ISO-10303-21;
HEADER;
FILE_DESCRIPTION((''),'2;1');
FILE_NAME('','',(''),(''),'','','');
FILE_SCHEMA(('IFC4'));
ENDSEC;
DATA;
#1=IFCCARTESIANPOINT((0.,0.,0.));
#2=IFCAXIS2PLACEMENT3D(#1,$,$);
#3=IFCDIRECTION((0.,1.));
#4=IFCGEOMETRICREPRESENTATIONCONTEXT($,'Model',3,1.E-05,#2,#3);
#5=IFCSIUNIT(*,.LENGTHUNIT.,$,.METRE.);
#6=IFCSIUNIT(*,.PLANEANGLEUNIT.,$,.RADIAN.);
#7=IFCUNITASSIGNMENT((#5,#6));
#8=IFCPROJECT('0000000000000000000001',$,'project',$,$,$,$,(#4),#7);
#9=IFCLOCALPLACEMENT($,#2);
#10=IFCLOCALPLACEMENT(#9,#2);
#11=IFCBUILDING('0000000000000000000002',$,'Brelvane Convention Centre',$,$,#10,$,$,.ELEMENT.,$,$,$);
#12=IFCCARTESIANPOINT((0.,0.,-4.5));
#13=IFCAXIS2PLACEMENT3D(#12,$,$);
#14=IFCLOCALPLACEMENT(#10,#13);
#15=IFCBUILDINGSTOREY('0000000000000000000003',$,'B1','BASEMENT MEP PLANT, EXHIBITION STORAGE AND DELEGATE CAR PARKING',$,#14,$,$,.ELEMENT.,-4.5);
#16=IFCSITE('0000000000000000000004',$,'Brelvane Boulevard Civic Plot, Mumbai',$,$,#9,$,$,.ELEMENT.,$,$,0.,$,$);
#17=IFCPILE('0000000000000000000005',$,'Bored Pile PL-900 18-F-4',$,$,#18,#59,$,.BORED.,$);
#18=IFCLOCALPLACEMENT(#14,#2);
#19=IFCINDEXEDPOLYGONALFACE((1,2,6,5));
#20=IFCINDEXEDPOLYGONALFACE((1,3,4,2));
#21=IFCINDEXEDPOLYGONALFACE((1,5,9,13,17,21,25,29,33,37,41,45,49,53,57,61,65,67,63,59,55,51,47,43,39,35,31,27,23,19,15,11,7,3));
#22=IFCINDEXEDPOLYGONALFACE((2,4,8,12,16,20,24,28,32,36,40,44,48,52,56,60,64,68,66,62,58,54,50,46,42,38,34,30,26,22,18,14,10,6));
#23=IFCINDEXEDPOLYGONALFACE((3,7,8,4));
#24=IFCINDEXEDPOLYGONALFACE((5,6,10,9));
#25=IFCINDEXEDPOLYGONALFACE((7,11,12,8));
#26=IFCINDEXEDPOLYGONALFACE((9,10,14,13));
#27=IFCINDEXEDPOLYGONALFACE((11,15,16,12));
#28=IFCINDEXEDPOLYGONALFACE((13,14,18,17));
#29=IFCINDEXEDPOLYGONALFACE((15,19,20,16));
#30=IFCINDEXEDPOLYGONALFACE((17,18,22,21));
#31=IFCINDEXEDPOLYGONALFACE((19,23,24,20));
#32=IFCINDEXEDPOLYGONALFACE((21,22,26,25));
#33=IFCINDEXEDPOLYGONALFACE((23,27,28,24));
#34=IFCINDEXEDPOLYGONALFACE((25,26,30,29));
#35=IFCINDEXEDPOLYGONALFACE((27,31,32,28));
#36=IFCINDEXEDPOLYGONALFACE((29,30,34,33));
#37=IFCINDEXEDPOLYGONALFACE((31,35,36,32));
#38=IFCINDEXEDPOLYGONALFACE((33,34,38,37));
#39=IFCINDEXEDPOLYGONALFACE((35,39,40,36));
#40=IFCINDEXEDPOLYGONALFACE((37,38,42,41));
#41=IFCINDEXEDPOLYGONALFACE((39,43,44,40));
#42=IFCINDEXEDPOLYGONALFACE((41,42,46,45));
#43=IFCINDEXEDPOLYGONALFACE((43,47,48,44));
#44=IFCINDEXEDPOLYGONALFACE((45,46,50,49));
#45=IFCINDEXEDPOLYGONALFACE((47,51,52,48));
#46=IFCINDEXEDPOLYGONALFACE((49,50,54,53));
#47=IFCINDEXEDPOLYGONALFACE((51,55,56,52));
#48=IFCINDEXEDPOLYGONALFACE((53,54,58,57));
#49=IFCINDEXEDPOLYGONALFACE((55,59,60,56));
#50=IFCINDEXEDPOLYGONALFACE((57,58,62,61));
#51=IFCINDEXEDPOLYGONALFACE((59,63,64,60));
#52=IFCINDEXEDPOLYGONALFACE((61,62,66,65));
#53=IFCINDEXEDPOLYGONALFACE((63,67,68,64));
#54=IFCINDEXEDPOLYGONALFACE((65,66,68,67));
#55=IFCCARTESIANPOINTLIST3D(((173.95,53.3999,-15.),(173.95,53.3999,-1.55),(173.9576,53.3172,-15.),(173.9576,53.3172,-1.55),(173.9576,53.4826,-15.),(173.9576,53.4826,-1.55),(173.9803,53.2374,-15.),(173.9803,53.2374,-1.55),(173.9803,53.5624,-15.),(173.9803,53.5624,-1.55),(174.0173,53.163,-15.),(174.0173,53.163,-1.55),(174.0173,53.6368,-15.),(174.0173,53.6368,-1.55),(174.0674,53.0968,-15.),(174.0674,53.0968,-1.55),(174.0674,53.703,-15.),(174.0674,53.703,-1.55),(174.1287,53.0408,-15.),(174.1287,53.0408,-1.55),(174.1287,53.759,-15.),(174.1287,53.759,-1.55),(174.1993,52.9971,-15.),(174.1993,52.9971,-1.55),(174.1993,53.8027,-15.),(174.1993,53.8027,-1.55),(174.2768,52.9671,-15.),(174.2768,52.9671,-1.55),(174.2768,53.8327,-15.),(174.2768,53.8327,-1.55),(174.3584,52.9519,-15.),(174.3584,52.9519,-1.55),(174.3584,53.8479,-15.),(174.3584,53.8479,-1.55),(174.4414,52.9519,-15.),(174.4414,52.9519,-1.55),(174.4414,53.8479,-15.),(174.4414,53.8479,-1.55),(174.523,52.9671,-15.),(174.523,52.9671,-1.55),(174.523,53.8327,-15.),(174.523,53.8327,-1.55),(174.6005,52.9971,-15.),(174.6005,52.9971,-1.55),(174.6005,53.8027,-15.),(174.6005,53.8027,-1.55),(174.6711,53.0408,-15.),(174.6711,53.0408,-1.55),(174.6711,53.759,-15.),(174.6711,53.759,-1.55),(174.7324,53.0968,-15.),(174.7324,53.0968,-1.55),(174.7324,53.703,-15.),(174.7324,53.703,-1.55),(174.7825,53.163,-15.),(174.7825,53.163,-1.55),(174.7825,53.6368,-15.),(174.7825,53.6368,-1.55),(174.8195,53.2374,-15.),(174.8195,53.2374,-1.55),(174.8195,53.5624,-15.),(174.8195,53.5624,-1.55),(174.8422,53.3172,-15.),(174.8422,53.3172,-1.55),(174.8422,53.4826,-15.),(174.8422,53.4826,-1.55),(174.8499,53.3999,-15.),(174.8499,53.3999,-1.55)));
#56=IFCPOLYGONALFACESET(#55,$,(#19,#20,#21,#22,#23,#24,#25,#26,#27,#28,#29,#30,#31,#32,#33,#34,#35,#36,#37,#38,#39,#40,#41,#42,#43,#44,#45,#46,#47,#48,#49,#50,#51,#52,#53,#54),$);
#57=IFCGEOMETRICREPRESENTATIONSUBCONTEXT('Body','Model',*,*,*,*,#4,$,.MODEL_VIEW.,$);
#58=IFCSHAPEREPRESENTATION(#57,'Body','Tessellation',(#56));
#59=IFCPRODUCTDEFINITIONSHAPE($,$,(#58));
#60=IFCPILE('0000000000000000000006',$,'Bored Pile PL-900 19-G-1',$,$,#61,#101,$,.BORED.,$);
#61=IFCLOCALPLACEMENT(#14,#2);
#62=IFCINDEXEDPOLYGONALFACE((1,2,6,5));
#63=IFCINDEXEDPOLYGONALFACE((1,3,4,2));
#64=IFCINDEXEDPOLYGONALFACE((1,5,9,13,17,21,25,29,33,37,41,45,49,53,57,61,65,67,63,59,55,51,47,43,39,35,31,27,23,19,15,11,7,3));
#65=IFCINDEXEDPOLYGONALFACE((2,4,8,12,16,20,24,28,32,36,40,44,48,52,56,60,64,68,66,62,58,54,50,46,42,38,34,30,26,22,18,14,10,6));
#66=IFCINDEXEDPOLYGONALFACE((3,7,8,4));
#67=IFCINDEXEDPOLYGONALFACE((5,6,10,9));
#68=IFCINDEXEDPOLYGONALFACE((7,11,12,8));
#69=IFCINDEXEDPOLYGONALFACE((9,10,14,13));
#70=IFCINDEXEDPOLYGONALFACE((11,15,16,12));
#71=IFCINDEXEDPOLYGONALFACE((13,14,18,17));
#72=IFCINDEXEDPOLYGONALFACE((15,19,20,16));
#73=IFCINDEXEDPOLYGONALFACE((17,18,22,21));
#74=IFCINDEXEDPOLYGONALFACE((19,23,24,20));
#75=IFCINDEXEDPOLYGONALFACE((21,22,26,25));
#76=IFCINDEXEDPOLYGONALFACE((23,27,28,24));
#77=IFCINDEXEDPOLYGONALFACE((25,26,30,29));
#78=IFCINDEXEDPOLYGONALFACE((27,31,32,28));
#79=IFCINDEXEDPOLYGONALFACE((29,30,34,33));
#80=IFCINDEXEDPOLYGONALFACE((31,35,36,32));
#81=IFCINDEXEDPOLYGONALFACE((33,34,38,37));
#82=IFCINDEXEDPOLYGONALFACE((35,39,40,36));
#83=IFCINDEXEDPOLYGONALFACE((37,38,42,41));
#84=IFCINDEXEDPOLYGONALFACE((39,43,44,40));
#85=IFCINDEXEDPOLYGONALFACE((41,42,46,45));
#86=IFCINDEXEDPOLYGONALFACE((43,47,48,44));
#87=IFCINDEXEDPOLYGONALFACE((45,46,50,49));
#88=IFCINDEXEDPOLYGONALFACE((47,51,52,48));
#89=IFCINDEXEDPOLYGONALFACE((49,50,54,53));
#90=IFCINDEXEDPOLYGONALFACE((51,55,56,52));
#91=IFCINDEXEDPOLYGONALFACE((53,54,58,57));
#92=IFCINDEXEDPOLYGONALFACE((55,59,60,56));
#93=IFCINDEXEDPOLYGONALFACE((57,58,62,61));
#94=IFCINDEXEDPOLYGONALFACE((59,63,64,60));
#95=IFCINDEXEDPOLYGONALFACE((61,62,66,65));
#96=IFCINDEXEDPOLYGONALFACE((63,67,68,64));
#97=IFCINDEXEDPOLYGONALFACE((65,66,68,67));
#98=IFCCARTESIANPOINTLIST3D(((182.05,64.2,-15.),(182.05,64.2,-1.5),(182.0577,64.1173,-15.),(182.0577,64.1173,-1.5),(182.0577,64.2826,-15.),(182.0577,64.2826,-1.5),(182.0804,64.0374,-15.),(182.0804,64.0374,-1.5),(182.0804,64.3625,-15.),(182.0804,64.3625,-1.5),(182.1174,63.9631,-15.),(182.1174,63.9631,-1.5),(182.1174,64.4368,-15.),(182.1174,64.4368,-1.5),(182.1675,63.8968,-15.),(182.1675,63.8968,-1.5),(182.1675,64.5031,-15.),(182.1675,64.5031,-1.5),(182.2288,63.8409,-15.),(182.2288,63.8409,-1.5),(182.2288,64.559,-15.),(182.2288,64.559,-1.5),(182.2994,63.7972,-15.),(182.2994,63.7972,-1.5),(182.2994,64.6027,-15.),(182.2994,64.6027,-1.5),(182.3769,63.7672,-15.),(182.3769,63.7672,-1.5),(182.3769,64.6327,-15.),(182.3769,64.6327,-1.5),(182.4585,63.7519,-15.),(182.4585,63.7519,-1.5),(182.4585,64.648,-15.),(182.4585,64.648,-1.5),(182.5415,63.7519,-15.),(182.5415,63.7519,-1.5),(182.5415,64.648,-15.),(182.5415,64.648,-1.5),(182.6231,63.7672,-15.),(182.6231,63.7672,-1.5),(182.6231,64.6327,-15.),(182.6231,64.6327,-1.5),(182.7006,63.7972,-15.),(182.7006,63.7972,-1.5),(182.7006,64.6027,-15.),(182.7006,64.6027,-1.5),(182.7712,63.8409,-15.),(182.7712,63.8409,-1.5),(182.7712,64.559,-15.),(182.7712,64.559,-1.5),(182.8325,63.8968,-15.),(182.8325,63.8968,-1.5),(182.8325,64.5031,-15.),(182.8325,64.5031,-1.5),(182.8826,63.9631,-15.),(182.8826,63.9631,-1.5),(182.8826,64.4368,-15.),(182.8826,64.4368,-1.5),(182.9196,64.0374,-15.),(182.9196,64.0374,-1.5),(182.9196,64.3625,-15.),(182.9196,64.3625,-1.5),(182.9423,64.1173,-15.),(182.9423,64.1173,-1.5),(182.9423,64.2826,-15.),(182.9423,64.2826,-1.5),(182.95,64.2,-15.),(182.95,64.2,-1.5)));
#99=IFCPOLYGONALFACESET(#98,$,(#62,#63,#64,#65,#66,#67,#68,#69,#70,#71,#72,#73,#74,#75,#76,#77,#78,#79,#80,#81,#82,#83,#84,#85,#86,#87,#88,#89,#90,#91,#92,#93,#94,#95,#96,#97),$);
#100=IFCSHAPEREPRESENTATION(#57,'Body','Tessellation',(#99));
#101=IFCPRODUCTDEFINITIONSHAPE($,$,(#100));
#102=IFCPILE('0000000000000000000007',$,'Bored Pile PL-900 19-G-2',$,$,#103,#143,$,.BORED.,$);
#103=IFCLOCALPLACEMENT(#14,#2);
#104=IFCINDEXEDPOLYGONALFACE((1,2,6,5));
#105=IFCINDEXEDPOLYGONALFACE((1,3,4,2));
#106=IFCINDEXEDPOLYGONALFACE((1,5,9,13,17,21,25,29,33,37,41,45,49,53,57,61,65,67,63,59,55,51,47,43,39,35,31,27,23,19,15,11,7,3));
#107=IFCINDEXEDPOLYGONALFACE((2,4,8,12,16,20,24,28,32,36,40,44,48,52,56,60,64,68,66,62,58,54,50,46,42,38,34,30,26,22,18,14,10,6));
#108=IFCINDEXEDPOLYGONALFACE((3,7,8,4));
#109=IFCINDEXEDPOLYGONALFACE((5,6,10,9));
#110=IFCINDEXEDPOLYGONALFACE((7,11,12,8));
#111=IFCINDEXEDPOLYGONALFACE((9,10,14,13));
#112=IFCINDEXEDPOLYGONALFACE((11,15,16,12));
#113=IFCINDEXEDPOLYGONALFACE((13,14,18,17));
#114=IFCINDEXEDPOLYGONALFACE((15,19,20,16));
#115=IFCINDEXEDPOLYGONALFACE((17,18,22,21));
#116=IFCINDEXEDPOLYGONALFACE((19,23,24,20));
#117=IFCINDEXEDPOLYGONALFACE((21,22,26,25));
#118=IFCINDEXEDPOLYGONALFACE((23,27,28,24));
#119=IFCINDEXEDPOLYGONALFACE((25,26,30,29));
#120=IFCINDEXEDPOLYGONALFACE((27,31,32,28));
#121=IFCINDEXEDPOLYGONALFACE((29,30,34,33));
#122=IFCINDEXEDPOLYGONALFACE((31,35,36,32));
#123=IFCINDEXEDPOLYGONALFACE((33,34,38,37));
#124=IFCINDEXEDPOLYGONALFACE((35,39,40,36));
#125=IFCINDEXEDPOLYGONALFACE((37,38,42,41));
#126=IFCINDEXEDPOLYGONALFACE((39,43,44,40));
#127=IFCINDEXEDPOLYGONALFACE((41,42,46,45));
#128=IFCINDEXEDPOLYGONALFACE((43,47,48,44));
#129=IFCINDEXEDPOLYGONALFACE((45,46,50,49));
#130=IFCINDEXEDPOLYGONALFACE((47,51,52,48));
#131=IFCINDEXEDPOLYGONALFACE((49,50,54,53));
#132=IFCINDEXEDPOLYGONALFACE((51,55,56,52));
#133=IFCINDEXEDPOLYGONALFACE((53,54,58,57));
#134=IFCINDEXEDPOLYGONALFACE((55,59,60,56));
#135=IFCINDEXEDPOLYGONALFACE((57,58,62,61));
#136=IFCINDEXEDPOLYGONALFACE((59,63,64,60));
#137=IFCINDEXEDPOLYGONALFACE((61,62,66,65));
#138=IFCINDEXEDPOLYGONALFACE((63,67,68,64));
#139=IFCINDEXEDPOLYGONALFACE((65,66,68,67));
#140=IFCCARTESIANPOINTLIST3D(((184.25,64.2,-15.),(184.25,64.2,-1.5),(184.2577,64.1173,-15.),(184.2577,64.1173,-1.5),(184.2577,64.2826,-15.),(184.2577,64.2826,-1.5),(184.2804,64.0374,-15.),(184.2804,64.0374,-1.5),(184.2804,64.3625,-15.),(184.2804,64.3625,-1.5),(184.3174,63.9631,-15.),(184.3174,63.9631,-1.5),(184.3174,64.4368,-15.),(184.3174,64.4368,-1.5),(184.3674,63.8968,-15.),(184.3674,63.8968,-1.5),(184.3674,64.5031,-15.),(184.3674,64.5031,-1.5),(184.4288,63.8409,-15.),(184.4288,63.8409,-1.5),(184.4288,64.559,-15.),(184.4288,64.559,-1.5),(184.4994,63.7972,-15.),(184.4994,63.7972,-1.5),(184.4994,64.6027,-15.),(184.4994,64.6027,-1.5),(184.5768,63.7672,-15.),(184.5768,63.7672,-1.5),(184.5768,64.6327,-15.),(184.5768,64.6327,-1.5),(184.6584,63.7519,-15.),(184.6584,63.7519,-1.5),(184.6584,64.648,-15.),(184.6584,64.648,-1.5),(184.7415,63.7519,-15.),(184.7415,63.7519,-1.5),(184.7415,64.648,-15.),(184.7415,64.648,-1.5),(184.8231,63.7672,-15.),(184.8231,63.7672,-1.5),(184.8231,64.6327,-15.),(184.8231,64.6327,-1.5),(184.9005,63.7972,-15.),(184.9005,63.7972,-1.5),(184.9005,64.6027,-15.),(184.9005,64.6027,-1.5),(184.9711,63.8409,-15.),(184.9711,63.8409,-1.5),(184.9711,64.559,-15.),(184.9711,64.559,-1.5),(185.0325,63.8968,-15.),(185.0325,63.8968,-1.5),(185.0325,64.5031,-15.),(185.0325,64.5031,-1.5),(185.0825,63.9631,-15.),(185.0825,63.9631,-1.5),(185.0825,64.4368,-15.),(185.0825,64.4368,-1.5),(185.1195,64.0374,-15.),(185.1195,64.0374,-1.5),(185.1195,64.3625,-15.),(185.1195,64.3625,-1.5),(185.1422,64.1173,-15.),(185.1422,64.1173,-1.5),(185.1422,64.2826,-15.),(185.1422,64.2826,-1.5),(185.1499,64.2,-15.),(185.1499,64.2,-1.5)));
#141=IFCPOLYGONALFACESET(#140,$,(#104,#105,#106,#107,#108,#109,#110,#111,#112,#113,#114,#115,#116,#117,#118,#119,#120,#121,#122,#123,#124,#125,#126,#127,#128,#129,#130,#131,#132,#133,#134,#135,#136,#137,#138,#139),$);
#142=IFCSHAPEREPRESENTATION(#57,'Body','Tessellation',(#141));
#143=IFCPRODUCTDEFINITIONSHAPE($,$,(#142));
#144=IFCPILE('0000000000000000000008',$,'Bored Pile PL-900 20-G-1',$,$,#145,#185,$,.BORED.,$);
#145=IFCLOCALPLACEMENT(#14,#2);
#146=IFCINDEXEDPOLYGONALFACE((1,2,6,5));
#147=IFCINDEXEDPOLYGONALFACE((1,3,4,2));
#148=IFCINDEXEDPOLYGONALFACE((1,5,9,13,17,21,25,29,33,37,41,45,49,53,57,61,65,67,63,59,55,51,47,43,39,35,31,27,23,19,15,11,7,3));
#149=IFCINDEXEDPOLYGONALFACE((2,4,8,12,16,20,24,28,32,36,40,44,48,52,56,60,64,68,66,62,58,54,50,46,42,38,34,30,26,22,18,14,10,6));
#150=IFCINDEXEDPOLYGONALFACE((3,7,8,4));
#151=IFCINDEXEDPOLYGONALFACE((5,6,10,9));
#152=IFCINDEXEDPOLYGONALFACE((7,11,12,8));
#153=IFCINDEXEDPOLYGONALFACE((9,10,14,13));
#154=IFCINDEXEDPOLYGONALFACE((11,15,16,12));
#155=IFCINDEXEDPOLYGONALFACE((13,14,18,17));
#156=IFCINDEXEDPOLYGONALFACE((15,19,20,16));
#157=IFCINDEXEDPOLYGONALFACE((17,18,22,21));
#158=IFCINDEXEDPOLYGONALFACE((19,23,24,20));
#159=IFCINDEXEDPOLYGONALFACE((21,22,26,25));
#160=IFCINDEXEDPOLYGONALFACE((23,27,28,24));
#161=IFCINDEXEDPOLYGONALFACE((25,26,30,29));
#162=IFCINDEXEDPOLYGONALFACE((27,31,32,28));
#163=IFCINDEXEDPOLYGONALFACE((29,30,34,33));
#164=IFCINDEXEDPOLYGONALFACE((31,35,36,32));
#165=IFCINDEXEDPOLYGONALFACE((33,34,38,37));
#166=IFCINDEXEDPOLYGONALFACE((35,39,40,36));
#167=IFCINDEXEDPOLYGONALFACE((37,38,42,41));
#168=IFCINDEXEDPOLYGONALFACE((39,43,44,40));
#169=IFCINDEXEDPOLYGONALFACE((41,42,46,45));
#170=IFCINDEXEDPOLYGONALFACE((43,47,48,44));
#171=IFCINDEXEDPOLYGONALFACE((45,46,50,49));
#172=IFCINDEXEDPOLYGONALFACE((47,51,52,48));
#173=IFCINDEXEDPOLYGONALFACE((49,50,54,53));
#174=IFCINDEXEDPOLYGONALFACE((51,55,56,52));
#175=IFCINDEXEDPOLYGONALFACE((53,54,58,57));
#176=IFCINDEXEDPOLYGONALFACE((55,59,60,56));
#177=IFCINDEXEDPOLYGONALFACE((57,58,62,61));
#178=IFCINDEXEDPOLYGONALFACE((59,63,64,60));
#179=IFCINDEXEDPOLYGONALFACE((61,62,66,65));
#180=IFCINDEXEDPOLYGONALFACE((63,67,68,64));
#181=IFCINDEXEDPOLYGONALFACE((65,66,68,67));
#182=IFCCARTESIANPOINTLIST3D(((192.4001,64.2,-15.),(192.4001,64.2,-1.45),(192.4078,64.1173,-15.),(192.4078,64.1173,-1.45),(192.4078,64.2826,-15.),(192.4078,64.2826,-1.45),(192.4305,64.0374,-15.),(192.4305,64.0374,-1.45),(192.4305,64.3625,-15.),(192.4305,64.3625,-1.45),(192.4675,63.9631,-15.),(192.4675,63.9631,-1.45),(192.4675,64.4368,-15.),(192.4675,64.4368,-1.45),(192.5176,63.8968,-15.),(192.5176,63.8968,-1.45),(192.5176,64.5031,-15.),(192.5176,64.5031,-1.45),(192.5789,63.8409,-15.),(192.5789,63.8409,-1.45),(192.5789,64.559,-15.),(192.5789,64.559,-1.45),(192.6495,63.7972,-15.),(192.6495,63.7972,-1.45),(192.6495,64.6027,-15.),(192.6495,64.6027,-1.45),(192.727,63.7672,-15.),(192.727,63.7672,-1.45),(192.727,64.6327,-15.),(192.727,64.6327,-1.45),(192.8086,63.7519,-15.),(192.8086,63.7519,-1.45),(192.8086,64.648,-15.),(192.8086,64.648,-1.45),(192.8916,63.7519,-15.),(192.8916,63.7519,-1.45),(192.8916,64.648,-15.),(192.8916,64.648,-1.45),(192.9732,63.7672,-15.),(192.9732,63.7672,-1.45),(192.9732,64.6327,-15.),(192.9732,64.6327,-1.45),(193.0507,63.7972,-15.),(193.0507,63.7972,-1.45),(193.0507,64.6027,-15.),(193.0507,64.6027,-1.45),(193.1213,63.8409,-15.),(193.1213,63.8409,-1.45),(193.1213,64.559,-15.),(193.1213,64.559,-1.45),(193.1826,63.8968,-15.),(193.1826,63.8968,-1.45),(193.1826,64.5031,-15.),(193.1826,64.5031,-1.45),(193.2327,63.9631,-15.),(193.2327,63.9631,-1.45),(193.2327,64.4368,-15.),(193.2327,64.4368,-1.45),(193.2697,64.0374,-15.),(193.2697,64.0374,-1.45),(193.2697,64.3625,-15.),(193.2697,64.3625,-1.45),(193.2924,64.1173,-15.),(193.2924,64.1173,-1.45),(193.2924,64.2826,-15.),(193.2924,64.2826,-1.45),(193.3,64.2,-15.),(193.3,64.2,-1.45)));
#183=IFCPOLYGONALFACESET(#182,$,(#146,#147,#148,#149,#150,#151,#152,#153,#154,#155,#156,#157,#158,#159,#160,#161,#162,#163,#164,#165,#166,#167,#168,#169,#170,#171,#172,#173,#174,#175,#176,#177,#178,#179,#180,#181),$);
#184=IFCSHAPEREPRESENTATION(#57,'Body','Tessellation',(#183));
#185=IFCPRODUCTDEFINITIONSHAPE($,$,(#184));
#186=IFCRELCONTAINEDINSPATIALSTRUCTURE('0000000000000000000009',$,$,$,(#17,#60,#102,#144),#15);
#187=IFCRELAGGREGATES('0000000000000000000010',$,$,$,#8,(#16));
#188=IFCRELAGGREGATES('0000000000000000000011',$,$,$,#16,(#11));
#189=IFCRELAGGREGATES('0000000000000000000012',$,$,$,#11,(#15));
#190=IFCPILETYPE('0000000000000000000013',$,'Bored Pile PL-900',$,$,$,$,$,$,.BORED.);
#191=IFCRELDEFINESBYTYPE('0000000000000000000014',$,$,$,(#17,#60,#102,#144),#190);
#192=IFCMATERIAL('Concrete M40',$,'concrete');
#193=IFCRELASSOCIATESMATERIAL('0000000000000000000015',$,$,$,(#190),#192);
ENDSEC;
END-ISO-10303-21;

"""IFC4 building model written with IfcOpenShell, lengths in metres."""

from ifc_helpers import new_model, si_unit, direction, frame, origin, origin_2d, place, context, subcontext, project, spatial, circle, extrude, material, material_profile, profile_set, type_object, element, save


model = new_model("IFC4")

# Units and contexts
model_context = context("Model", 3, precision=1e-05, world=origin(), true_north=direction((0.0, 1.0)))
body_context = subcontext(model_context, "Body", "Model", "MODEL_VIEW")
ifc_project = project(units=[si_unit("LENGTHUNIT", "METRE"), si_unit("PLANEANGLEUNIT", "RADIAN")], contexts=[model_context])

# Site, building, storey
site_placement = place(None, origin())
site = spatial("IfcSite", under=ifc_project, at=site_placement, Name="Brelvane Boulevard Civic Plot, Mumbai", CompositionType="ELEMENT", RefElevation=0.0)
building_placement = place(site_placement, origin())
building = spatial("IfcBuilding", under=site, at=building_placement, Name="Brelvane Convention Centre", CompositionType="ELEMENT")
storey_placement = place(building_placement, frame((0.0, 0.0, -4.5)))
storey = spatial("IfcBuildingStorey", under=building, at=storey_placement, Name="B1", Description="BASEMENT MEP PLANT, EXHIBITION STORAGE AND DELEGATE CAR PARKING", CompositionType="ELEMENT", Elevation=-4.5)

# Piles
ifc_material_1 = material(Name="Concrete M40", Category="concrete")
ifc_material_profile_1 = material_profile(ifc_material_1, circle(Radius=0.45, at=origin_2d()), Name="PILE D900")
ifc_profile_set_1 = profile_set([ifc_material_profile_1], Name="Concrete M40")
pile_type = type_object("IfcPileType", Name="Bored Pile PL-900", PredefinedType="BORED", material=ifc_profile_set_1)
pile_placement = place(storey_placement, frame((174.3999, 53.3999, -1.55), z_axis=(0.0, 0.0, -1.0), x_axis=(1.0, 0.0, 0.0)))
element("IfcPile", 1, at=pile_placement, inside=storey, type_object=pile_type, Name="Bored Pile PL-900 18-F-4", PredefinedType="BORED", context=body_context, shape_type="SweptSolid", body=[
    extrude(circle(Radius=0.45, at=origin_2d()), origin(), (0.0, 0.0, 1.0), 13.45),
])
for number, where, z_axis, x_axis, name in (
    (2, (182.5, 64.2, -1.5), (0.0, 0.0, -1.0), (1.0, 0.0, 0.0), "Bored Pile PL-900 19-G-1"),
    (3, (184.7, 64.2, -1.5), (0.0, 0.0, -1.0), (1.0, 0.0, 0.0), "Bored Pile PL-900 19-G-2"),
):
    element("IfcPile", number, at=place(storey_placement, frame(where, z_axis=z_axis, x_axis=x_axis)), inside=storey, type_object=pile_type, Name=name, PredefinedType="BORED", context=body_context, shape_type="SweptSolid", body=[
        extrude(circle(Radius=0.45, at=origin_2d()), origin(), (0.0, 0.0, 1.0), 13.5),
    ])
for number, where, z_axis, x_axis, name in (
    (4, (192.8501, 64.2, -1.45), (0.0, 0.0, -1.0), (1.0, 0.0, 0.0), "Bored Pile PL-900 20-G-1"),
):
    element("IfcPile", number, at=place(storey_placement, frame(where, z_axis=z_axis, x_axis=x_axis)), inside=storey, type_object=pile_type, Name=name, PredefinedType="BORED", context=body_context, shape_type="SweptSolid", body=[
        extrude(circle(Radius=0.45, at=origin_2d()), origin(), (0.0, 0.0, 1.0), 13.55),
    ])

save(model, "model.ifc")
